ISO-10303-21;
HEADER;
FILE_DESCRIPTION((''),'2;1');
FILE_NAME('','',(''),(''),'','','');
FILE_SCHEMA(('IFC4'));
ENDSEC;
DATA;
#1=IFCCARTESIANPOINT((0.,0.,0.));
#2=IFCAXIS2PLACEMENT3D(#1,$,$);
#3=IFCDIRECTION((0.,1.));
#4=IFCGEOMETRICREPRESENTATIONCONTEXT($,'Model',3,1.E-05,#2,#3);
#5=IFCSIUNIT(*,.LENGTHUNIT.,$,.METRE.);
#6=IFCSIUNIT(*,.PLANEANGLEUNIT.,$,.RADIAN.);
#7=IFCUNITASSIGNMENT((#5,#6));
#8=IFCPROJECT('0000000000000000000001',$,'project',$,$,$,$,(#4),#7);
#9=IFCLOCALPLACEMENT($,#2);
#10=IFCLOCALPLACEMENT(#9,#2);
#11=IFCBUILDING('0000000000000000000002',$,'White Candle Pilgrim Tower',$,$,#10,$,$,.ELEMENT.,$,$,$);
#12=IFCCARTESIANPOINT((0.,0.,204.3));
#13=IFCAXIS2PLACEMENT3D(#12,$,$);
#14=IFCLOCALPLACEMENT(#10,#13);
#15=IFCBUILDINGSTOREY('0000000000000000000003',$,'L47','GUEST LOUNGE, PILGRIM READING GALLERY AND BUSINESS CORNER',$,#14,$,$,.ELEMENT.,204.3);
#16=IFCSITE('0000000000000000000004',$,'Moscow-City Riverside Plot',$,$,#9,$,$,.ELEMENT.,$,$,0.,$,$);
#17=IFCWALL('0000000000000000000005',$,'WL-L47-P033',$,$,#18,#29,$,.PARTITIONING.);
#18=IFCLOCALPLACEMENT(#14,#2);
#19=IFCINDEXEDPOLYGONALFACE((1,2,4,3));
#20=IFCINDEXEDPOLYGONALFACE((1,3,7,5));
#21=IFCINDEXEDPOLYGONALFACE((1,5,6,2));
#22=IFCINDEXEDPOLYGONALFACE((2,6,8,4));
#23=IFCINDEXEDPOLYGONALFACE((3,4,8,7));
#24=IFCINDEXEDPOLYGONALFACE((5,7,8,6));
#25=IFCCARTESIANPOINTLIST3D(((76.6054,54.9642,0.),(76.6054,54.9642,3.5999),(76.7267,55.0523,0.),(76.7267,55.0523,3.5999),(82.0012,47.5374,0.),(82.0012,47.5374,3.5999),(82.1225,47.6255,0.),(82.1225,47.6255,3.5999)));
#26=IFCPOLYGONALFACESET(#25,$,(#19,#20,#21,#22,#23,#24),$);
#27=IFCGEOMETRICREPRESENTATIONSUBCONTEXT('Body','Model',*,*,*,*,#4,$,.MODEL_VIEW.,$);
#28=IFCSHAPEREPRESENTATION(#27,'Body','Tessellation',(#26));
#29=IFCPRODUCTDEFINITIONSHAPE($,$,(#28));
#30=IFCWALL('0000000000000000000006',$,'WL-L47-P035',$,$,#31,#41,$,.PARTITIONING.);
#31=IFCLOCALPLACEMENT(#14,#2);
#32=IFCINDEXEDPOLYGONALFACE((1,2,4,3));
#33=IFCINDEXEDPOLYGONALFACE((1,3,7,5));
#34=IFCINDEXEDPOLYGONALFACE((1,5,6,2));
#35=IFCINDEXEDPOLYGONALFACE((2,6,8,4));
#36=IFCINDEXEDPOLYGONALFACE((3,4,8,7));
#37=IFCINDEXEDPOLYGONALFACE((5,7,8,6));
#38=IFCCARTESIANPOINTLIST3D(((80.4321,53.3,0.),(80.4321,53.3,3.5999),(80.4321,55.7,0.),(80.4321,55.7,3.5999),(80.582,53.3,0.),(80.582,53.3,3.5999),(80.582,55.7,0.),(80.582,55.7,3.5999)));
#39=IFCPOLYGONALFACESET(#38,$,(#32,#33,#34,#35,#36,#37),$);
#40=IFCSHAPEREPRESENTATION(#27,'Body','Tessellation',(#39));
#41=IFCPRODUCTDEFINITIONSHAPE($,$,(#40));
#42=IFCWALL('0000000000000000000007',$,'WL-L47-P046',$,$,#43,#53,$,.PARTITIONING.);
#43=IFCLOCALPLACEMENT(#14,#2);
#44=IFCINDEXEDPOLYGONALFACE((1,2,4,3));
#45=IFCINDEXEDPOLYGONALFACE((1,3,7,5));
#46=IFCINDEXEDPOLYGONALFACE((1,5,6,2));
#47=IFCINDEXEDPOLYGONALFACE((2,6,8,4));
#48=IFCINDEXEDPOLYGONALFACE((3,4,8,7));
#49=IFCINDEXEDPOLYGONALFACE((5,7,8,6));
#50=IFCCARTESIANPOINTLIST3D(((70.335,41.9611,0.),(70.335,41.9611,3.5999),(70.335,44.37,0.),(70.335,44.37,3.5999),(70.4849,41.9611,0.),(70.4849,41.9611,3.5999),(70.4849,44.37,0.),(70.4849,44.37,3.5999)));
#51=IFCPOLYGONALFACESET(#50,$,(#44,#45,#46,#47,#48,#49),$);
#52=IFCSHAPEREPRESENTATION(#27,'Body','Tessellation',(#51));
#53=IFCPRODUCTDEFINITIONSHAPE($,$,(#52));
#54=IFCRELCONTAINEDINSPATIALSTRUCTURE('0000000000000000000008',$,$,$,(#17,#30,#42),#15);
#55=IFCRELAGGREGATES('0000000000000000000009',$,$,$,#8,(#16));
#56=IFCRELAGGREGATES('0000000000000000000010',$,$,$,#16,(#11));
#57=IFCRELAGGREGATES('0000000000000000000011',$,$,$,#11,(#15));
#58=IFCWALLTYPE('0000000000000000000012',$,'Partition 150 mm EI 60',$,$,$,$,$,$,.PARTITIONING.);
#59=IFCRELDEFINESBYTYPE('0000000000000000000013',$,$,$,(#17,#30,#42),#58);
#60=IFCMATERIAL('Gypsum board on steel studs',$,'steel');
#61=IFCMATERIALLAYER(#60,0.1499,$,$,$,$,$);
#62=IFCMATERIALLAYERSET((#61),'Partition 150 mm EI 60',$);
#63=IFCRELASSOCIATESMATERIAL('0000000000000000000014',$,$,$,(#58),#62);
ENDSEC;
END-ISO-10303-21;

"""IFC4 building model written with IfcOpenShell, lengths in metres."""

from ifc_helpers import new_model, si_unit, direction, frame, frame_2d, origin, place, context, subcontext, project, spatial, rectangle, extrude, material, layer, layer_set, type_object, element, save


model = new_model("IFC4")

# Units and contexts
model_context = context("Model", 3, precision=1e-05, world=origin(), true_north=direction((0.0, 1.0)))
body_context = subcontext(model_context, "Body", "Model", "MODEL_VIEW")
ifc_project = project(units=[si_unit("LENGTHUNIT", "METRE"), si_unit("PLANEANGLEUNIT", "RADIAN")], contexts=[model_context])

# Site, building, storey
site_placement = place(None, origin())
site = spatial("IfcSite", under=ifc_project, at=site_placement, Name="Moscow-City Riverside Plot", CompositionType="ELEMENT", RefElevation=0.0)
building_placement = place(site_placement, origin())
building = spatial("IfcBuilding", under=site, at=building_placement, Name="White Candle Pilgrim Tower", CompositionType="ELEMENT")
storey_placement = place(building_placement, frame((0.0, 0.0, 204.3)))
storey = spatial("IfcBuildingStorey", under=building, at=storey_placement, Name="L47", Description="GUEST LOUNGE, PILGRIM READING GALLERY AND BUSINESS CORNER", CompositionType="ELEMENT", Elevation=204.3)

# Shared definitions
ifc_material_1 = material(Name="Gypsum board on steel studs", Category="steel")

# Walls
ifc_layer_1 = layer(ifc_material_1, 0.1499)
ifc_layer_set_1 = layer_set([ifc_layer_1], Name="Partition 150 mm EI 60")
wall_type_1 = type_object("IfcWallType", Name="Partition 150 mm EI 60", PredefinedType="PARTITIONING", material=ifc_layer_set_1)
wall_1_placement = place(storey_placement, frame((82.0618, 47.5815, 0.0), z_axis=(0.0, 0.0, 1.0), x_axis=(-0.587778, 0.809022, 0.0)))
element("IfcWall", 1, at=wall_1_placement, inside=storey, type_object=wall_type_1, Name="WL-L47-P033", PredefinedType="PARTITIONING", context=body_context, shape_type="SweptSolid", body=[
    extrude(rectangle(XDim=9.1799, YDim=0.1499, at=frame_2d((4.5898, 0.0))), origin(), (0.0, 0.0, 1.0), 3.5999),
])
wall_2_placement = place(storey_placement, frame((80.5071, 55.7, 0.0), z_axis=(0.0, 0.0, 1.0), x_axis=(0.0, -1.0, 0.0)))
element("IfcWall", 2, at=wall_2_placement, inside=storey, type_object=wall_type_1, Name="WL-L47-P035", PredefinedType="PARTITIONING", context=body_context, shape_type="SweptSolid", body=[
    extrude(rectangle(XDim=2.3999, YDim=0.1499, at=frame_2d((1.2, 0.0))), origin(), (0.0, 0.0, 1.0), 3.5999),
])
wall_3_placement = place(storey_placement, frame((70.4099, 44.3701, 0.0), z_axis=(0.0, 0.0, 1.0), x_axis=(0.0, -1.0, 0.0)))
element("IfcWall", 3, at=wall_3_placement, inside=storey, type_object=wall_type_1, Name="WL-L47-P046", PredefinedType="PARTITIONING", context=body_context, shape_type="SweptSolid", body=[
    extrude(rectangle(XDim=2.4089, YDim=0.1499, at=frame_2d((1.2046, 0.0))), origin(), (0.0, 0.0, 1.0), 3.5999),
])

save(model, "model.ifc")
